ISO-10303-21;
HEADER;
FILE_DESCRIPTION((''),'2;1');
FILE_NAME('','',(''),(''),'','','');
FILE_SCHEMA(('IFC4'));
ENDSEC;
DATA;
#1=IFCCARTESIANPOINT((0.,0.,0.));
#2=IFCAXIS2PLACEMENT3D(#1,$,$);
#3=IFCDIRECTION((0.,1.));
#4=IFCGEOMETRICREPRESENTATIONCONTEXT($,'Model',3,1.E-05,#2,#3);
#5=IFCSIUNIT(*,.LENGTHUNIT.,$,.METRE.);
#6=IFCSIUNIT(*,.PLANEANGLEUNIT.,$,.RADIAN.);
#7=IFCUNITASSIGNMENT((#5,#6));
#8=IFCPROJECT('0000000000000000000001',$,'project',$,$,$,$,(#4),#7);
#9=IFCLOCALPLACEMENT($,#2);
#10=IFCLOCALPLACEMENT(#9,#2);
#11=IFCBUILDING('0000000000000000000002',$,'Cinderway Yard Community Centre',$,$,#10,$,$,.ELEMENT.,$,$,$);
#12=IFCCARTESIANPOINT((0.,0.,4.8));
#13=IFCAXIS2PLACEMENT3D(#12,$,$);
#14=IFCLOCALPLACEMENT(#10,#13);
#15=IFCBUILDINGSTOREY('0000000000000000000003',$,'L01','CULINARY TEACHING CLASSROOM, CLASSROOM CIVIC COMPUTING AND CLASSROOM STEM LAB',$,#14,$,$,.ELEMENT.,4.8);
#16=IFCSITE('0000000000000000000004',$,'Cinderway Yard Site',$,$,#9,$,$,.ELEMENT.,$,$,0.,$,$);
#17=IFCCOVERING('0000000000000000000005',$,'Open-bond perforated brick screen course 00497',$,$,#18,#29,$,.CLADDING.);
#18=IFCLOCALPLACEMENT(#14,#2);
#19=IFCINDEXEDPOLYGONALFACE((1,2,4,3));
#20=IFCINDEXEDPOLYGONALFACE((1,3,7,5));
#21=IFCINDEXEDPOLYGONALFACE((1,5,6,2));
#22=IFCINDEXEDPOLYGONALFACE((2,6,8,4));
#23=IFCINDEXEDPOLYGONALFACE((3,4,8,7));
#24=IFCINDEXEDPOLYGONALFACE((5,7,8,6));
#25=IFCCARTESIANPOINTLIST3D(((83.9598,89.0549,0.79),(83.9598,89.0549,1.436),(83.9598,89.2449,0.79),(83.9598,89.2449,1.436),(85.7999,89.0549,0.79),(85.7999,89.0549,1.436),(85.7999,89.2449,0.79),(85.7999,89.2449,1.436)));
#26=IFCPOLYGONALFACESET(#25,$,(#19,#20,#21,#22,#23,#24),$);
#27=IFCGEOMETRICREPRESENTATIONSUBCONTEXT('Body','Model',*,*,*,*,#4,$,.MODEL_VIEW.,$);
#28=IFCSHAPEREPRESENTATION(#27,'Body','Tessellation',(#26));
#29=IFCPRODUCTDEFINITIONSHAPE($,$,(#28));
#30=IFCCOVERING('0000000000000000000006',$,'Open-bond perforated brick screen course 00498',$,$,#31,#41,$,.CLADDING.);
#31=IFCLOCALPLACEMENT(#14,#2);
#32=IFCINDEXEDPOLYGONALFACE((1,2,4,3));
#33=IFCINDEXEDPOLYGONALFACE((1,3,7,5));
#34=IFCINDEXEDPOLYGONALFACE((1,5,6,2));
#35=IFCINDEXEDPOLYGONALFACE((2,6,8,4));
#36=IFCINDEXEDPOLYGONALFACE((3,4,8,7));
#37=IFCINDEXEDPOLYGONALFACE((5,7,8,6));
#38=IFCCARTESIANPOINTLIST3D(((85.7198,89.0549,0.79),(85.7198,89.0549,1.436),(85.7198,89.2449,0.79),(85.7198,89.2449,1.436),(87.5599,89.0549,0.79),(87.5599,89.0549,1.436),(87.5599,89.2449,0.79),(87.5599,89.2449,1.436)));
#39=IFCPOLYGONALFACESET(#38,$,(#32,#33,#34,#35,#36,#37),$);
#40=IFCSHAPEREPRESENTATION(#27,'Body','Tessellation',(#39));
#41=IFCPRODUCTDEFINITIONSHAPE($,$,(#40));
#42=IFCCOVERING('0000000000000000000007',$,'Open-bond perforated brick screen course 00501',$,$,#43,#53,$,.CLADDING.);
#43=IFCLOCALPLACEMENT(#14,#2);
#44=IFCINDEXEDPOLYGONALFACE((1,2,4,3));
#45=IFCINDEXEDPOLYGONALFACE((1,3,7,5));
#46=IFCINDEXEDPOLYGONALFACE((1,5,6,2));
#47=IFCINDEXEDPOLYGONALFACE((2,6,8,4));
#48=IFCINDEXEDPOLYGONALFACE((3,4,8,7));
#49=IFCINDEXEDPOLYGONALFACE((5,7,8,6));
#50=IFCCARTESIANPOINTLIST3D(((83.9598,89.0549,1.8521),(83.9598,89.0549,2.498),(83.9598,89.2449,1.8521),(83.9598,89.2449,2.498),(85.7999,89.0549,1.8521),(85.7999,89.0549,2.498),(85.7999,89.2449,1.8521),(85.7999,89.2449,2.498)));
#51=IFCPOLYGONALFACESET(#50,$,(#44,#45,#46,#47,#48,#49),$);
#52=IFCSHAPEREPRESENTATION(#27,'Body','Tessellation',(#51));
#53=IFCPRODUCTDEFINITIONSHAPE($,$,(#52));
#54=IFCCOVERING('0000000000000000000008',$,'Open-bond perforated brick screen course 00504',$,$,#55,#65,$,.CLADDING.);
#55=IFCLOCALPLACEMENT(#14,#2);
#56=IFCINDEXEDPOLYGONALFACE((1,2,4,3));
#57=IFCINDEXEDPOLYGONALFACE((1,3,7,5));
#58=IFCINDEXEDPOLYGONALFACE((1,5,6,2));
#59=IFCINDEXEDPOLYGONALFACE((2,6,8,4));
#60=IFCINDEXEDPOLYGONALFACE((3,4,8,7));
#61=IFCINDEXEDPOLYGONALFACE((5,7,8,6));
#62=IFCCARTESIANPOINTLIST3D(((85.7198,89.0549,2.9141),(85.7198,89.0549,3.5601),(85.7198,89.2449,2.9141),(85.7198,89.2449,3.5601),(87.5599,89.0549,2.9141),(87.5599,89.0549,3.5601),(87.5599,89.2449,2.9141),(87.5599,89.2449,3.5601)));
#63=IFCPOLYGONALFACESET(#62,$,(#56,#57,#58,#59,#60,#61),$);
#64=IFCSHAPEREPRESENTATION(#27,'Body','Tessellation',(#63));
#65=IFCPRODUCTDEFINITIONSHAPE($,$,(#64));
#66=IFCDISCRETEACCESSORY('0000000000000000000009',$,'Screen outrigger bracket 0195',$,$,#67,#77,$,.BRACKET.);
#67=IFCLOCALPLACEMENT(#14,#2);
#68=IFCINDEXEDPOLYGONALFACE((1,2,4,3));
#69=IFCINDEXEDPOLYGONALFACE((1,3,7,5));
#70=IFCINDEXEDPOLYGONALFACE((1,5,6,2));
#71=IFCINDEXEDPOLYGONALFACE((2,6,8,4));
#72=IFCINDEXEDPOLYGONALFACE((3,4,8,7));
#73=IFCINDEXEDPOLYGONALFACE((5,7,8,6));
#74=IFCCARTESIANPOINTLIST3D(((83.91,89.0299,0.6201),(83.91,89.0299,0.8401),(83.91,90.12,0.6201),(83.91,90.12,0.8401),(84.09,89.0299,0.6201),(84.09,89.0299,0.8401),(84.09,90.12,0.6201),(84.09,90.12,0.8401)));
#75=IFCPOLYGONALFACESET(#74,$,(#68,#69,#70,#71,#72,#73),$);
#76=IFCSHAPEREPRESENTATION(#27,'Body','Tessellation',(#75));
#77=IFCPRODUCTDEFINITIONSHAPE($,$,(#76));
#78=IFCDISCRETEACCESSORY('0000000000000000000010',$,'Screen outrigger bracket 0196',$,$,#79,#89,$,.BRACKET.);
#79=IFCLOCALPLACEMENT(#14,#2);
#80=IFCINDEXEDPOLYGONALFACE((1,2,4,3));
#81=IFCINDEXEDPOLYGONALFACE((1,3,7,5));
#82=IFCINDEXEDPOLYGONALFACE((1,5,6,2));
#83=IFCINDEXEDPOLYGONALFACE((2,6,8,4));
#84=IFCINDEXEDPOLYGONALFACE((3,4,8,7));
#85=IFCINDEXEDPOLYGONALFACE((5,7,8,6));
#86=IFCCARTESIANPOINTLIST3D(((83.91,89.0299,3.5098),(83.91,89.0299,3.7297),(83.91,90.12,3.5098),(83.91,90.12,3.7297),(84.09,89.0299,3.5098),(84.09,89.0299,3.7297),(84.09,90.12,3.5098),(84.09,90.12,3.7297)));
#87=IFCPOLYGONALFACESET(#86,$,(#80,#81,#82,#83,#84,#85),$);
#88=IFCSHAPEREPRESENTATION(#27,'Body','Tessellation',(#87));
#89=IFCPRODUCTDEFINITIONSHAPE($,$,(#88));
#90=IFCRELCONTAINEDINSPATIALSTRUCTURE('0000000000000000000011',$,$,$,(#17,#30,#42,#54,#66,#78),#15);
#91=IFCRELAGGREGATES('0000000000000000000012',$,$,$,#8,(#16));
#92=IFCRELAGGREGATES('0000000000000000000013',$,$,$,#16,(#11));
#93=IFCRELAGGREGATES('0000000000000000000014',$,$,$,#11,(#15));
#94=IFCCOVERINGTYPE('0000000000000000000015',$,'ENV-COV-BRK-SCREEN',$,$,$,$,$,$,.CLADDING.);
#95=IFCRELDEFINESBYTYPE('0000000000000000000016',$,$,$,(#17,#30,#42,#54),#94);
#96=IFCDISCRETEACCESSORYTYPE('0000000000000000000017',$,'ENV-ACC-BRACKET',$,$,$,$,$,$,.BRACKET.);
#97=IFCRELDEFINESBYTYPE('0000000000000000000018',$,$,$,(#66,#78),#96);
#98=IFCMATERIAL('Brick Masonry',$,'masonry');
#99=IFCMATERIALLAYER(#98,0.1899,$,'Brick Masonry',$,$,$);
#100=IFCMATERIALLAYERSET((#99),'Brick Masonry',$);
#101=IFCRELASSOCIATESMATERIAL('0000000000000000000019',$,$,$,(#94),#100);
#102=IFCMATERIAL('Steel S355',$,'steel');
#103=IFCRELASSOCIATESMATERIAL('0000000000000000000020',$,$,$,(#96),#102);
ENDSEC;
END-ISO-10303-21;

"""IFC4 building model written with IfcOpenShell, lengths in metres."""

from ifc_helpers import new_model, si_unit, direction, frame, origin, origin_2d, place, context, subcontext, project, spatial, rectangle, extrude, material, layer, layer_set, type_object, element, save


model = new_model("IFC4")

# Units and contexts
model_context = context("Model", 3, precision=1e-05, world=origin(), true_north=direction((0.0, 1.0)))
body_context = subcontext(model_context, "Body", "Model", "MODEL_VIEW")
ifc_project = project(units=[si_unit("LENGTHUNIT", "METRE"), si_unit("PLANEANGLEUNIT", "RADIAN")], contexts=[model_context])

# Site, building, storey
site_placement = place(None, origin())
site = spatial("IfcSite", under=ifc_project, at=site_placement, Name="Cinderway Yard Site", CompositionType="ELEMENT", RefElevation=0.0)
building_placement = place(site_placement, origin())
building = spatial("IfcBuilding", under=site, at=building_placement, Name="Cinderway Yard Community Centre", CompositionType="ELEMENT")
storey_placement = place(building_placement, frame((0.0, 0.0, 4.8)))
storey = spatial("IfcBuildingStorey", under=building, at=storey_placement, Name="L01", Description="CULINARY TEACHING CLASSROOM, CLASSROOM CIVIC COMPUTING AND CLASSROOM STEM LAB", CompositionType="ELEMENT", Elevation=4.8)

# Shared definitions
ifc_material_1 = material(Name="Steel S355", Category="steel")

# Coverings
ifc_material_2 = material(Name="Brick Masonry", Category="masonry")
ifc_layer_1 = layer(ifc_material_2, 0.1899, Name="Brick Masonry")
ifc_layer_set_1 = layer_set([ifc_layer_1], Name="Brick Masonry")
covering_type = type_object("IfcCoveringType", Name="ENV-COV-BRK-SCREEN", PredefinedType="CLADDING", material=ifc_layer_set_1)
for number, where, z_axis, x_axis, name in (
    (1, (84.8799, 89.1499, 0.79), (0.0, 0.0, 1.0), (-1.0, 0.0, 0.0), "Open-bond perforated brick screen course 00497"),
    (2, (86.6399, 89.1499, 0.79), (0.0, 0.0, 1.0), (-1.0, 0.0, 0.0), "Open-bond perforated brick screen course 00498"),
    (3, (84.8799, 89.1499, 1.8521), (0.0, 0.0, 1.0), (-1.0, 0.0, 0.0), "Open-bond perforated brick screen course 00501"),
    (4, (86.6399, 89.1499, 2.9141), (0.0, 0.0, 1.0), (-1.0, 0.0, 0.0), "Open-bond perforated brick screen course 00504"),
):
    element("IfcCovering", number, at=place(storey_placement, frame(where, z_axis=z_axis, x_axis=x_axis)), inside=storey, type_object=covering_type, Name=name, PredefinedType="CLADDING", context=body_context, shape_type="SweptSolid", body=[
        extrude(rectangle(XDim=1.8401, YDim=0.1899, at=origin_2d()), origin(), (0.0, 0.0, 1.0), 0.646),
    ])

# Discrete accessories
discrete_accessory_type = type_object("IfcDiscreteAccessoryType", Name="ENV-ACC-BRACKET", PredefinedType="BRACKET", material=ifc_material_1)
for number, where, z_axis, x_axis, name in (
    (5, (84.0, 89.575, 0.6201), (0.0, 0.0, 1.0), (0.0, -1.0, 0.0), "Screen outrigger bracket 0195"),
    (6, (84.0, 89.575, 3.5098), (0.0, 0.0, 1.0), (0.0, -1.0, 0.0), "Screen outrigger bracket 0196"),
):
    element("IfcDiscreteAccessory", number, at=place(storey_placement, frame(where, z_axis=z_axis, x_axis=x_axis)), inside=storey, type_object=discrete_accessory_type, Name=name, PredefinedType="BRACKET", context=body_context, shape_type="SweptSolid", body=[
        extrude(rectangle(XDim=1.0901, YDim=0.1799, at=origin_2d()), origin(), (0.0, 0.0, 1.0), 0.22),
    ])

save(model, "model.ifc")
